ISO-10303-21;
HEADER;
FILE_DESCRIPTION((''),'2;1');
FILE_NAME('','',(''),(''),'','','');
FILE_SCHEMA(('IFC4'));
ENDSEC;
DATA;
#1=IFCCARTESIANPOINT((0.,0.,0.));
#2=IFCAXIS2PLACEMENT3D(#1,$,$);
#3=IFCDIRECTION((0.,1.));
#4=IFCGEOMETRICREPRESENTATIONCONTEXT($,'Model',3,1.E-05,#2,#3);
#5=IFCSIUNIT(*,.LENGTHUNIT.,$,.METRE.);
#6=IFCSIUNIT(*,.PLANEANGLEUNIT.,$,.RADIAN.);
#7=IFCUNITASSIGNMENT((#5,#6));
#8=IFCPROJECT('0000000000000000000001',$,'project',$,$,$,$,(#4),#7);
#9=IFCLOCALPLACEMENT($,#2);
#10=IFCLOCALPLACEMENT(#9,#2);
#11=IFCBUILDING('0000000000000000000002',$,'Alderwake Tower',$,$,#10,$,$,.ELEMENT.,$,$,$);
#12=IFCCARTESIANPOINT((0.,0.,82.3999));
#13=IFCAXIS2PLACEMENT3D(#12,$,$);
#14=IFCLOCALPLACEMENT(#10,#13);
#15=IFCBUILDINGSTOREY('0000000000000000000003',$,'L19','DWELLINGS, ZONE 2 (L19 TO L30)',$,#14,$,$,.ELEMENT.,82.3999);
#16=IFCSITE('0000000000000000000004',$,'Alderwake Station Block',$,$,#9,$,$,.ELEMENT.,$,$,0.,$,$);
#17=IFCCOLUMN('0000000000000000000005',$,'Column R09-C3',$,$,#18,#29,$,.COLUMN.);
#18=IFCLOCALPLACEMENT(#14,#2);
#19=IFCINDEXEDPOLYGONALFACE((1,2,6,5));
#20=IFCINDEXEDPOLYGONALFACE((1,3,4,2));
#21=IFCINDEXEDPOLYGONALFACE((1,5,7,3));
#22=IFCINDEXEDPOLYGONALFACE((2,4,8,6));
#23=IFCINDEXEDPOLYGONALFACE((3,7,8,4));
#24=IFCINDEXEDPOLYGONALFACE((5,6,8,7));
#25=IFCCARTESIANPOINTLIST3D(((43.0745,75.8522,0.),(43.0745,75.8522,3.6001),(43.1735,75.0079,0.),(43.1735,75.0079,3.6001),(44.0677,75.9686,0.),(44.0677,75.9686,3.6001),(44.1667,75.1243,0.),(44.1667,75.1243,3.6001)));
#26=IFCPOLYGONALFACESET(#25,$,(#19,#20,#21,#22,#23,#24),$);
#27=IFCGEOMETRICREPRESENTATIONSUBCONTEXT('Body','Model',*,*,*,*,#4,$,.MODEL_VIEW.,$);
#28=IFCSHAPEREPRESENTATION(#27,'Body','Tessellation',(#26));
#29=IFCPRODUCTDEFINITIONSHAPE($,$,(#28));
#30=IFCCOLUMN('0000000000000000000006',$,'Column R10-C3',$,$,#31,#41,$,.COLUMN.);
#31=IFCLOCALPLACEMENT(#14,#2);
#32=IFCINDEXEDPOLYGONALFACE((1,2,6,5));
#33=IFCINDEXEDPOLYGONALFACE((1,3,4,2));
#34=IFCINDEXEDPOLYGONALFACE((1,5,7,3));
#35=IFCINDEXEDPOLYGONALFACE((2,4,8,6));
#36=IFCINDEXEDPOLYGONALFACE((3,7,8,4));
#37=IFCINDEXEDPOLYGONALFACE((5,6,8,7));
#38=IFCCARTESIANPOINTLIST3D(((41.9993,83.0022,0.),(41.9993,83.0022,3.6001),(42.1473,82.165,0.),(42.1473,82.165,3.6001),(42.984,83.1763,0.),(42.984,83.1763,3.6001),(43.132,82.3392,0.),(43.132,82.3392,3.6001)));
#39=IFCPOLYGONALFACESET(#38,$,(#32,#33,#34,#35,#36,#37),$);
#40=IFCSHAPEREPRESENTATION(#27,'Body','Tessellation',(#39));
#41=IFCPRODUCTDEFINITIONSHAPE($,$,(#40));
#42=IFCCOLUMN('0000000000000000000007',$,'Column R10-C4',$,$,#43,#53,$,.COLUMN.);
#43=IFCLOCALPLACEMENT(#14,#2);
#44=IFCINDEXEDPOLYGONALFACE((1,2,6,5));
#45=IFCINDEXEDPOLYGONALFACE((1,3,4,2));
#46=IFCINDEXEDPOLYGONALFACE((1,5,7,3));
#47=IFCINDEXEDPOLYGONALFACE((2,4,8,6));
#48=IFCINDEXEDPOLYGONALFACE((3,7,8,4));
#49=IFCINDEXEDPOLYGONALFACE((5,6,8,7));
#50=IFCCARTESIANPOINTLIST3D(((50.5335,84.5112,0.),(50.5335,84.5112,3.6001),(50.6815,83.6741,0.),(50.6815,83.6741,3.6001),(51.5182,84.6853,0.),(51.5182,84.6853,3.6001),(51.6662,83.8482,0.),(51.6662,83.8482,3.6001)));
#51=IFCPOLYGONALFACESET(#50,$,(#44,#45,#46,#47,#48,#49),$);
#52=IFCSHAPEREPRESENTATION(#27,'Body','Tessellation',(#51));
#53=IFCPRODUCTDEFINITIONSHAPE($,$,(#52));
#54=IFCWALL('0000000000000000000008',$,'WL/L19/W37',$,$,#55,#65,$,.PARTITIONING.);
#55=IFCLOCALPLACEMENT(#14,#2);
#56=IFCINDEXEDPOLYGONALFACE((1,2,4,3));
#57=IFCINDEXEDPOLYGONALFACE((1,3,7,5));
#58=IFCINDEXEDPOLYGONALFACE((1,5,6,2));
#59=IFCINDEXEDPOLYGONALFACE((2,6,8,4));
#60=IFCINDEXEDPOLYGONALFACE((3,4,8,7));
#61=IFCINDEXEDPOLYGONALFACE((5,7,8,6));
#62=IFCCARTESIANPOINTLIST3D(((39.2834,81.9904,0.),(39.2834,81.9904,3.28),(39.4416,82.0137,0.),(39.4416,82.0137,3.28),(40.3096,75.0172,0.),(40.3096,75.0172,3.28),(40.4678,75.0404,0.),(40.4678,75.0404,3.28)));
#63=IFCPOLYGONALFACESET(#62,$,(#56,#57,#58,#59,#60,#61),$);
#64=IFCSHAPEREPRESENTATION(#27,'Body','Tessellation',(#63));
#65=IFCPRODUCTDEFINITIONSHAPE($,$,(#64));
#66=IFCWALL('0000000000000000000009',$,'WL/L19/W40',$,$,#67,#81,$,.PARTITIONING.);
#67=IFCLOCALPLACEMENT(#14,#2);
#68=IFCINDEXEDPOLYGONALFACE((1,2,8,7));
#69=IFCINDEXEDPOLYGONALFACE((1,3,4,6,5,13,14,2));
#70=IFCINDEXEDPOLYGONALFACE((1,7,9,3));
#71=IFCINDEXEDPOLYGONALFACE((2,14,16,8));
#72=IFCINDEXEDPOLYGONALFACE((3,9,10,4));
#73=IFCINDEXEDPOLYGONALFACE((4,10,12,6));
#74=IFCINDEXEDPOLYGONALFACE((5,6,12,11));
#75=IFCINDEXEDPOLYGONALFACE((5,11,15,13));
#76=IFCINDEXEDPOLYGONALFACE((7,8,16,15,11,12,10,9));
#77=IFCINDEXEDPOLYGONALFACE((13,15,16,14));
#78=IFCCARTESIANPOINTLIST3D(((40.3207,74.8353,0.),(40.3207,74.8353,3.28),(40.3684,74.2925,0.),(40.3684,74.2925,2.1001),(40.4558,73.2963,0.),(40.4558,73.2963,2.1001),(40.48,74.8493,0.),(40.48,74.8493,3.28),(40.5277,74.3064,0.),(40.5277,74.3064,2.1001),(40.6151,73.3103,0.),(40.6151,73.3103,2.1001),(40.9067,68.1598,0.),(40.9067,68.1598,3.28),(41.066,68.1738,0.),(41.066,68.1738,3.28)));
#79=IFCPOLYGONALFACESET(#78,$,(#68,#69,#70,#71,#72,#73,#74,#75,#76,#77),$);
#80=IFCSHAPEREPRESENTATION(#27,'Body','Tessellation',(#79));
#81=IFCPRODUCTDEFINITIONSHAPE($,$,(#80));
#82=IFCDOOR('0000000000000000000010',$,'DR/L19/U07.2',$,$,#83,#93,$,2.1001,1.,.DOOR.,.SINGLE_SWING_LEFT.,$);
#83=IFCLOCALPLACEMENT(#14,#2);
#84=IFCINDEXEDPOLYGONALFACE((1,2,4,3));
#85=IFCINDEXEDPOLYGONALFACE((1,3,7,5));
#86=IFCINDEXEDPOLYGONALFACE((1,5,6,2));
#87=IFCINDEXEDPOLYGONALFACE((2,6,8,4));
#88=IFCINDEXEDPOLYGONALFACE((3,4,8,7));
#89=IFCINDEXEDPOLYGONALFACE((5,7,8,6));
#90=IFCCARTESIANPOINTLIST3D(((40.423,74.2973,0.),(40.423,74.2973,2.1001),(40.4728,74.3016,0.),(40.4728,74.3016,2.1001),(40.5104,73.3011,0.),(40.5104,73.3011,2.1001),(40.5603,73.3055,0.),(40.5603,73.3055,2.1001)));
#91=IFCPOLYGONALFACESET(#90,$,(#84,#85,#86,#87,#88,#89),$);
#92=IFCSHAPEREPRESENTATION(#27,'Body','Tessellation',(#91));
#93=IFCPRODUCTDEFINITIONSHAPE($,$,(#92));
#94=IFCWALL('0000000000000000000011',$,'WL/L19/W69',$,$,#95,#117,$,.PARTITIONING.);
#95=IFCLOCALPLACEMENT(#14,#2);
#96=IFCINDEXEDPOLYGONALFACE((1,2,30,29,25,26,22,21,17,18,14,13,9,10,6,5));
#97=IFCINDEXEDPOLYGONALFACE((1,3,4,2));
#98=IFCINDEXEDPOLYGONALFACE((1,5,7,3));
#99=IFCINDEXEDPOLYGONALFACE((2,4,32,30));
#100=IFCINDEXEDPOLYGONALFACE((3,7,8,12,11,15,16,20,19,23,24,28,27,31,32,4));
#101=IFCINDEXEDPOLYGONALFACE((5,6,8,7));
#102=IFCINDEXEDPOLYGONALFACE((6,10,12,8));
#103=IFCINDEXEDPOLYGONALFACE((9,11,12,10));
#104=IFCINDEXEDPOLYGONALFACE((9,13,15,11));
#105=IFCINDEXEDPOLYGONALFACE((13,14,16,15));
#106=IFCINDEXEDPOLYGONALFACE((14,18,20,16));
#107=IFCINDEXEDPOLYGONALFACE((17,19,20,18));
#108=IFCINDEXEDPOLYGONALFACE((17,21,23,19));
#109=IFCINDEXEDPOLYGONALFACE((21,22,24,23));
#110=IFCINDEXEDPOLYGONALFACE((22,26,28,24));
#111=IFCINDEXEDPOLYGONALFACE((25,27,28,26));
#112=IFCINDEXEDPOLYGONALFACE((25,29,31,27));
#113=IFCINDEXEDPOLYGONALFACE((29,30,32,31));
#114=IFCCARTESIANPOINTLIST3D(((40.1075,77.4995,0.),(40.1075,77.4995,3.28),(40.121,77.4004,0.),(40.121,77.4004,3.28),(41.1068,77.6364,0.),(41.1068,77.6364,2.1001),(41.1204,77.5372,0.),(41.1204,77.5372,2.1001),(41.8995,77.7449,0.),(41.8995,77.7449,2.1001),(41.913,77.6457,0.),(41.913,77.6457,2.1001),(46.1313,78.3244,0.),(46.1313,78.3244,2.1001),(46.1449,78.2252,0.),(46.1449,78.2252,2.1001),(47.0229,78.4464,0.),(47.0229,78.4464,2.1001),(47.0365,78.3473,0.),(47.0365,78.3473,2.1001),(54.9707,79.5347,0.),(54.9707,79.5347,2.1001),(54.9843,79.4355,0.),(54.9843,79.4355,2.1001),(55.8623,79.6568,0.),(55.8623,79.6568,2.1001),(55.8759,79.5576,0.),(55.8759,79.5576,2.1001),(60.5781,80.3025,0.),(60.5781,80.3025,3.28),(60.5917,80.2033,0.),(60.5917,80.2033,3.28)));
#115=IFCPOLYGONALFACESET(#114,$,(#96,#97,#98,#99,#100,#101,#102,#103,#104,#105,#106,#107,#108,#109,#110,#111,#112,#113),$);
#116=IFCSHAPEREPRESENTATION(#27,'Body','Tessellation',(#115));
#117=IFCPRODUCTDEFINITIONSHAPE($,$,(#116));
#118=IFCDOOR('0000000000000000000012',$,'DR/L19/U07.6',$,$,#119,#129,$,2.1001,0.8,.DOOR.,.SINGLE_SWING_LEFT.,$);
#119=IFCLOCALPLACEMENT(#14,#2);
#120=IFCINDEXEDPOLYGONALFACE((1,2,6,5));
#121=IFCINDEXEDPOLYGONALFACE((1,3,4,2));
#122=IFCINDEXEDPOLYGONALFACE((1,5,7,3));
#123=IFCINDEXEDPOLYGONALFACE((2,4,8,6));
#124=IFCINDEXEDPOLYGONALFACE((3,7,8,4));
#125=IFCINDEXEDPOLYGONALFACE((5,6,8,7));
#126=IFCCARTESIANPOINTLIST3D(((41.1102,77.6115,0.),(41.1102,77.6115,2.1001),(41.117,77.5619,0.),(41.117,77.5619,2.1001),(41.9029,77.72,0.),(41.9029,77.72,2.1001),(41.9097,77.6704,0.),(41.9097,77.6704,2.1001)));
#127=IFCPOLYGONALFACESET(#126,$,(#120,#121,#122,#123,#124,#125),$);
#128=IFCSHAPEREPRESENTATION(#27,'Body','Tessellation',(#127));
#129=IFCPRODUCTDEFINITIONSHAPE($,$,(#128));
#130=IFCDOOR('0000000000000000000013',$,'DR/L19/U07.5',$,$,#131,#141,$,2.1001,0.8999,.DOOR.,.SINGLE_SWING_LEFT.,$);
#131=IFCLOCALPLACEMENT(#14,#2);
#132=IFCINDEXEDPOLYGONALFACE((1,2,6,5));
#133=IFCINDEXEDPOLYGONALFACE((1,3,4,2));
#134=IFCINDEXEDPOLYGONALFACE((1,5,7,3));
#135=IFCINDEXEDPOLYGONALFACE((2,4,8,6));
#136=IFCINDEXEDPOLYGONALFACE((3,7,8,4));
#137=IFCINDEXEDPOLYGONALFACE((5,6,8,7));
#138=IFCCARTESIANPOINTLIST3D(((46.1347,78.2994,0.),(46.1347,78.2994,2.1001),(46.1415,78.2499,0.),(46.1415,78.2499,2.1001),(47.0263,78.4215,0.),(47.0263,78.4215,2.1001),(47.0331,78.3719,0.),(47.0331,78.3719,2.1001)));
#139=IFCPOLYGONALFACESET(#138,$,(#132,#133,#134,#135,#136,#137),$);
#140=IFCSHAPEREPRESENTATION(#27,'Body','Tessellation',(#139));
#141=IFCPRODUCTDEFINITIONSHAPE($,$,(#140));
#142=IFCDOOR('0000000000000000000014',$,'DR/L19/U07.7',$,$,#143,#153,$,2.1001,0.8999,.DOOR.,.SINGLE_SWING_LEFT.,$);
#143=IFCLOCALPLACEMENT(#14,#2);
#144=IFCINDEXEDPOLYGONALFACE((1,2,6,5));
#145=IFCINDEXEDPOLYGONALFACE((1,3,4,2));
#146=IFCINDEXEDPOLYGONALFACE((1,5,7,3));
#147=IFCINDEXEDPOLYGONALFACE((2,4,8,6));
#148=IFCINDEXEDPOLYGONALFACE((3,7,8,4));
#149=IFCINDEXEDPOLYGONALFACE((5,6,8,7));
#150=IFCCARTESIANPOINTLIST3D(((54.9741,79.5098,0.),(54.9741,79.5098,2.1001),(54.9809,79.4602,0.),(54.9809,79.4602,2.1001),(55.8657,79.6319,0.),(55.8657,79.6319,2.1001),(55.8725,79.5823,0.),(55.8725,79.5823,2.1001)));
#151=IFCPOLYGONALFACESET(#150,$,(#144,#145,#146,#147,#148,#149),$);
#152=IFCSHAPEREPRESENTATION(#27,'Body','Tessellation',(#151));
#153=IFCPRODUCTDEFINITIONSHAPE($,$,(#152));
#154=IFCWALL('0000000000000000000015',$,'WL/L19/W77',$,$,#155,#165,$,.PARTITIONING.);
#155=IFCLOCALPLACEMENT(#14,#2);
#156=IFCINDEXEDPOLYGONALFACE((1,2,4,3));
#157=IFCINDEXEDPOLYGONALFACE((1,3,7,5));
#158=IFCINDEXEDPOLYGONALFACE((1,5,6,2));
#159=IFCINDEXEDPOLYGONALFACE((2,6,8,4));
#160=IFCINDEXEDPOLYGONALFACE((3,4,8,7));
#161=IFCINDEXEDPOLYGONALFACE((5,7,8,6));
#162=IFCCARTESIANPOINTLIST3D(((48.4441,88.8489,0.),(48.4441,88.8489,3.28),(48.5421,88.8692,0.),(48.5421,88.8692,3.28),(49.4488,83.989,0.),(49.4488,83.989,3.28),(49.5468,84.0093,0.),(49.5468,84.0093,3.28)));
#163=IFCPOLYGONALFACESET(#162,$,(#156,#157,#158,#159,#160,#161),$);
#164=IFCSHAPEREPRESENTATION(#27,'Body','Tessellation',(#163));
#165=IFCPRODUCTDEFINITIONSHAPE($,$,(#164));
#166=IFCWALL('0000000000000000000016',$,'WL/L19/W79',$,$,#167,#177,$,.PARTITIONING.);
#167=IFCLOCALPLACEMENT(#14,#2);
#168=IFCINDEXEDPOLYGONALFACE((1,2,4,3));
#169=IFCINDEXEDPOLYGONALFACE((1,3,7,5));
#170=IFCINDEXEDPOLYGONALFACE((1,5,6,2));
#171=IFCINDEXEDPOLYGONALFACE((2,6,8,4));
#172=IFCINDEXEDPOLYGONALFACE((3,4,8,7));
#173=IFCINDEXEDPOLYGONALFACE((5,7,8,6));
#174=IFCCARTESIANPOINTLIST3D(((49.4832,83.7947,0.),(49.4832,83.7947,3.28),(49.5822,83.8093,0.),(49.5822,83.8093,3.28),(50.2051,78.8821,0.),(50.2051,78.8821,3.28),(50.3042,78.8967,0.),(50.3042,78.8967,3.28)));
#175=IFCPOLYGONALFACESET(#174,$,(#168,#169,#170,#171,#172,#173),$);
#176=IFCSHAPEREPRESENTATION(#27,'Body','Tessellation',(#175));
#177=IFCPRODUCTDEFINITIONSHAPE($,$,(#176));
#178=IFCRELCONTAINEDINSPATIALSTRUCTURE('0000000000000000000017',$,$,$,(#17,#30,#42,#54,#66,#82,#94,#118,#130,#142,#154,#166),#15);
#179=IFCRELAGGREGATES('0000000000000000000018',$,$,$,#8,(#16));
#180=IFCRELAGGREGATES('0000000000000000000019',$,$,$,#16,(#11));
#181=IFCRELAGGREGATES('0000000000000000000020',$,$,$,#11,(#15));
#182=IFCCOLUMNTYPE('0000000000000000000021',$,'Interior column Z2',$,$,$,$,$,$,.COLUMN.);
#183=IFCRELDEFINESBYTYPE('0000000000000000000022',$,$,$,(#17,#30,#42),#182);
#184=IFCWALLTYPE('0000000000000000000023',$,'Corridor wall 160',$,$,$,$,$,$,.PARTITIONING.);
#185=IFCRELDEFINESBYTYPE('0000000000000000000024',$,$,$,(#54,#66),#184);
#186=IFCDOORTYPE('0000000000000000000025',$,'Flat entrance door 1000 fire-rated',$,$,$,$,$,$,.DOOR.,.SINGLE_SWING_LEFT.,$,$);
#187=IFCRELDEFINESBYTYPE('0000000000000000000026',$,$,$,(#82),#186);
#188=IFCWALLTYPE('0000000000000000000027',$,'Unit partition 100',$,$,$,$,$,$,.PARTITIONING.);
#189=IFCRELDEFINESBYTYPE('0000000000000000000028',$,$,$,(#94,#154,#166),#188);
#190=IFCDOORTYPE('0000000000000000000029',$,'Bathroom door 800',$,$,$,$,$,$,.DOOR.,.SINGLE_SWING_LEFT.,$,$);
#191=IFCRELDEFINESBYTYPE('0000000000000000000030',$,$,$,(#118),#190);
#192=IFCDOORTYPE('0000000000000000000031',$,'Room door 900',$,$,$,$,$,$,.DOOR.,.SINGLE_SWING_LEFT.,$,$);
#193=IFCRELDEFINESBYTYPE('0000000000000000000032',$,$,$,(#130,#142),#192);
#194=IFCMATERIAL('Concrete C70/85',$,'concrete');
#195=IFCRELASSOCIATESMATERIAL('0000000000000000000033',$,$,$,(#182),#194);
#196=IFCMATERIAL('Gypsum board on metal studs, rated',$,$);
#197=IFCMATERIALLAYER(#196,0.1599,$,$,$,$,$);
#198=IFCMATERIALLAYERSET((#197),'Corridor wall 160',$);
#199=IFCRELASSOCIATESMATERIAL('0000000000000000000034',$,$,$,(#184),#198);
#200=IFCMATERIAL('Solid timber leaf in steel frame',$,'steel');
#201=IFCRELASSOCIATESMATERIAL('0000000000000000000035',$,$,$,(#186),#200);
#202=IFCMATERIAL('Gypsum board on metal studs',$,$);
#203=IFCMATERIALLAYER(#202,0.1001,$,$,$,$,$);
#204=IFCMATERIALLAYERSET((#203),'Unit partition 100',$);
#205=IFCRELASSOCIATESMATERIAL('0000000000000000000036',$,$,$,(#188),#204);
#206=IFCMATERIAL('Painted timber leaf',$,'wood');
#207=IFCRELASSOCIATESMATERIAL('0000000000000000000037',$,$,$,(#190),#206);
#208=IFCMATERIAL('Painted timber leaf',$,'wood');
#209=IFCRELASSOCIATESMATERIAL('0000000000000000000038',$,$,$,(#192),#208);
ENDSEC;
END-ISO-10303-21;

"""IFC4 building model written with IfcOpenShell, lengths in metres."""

from ifc_helpers import new_model, si_unit, direction, frame, frame_2d, origin, origin_2d, place, context, subcontext, project, spatial, rectangle, extrude, material, layer, layer_set, material_profile, profile_set, type_object, element, fill, save


model = new_model("IFC4")

# Units and contexts
model_context = context("Model", 3, precision=1e-05, world=origin(), true_north=direction((0.0, 1.0)))
body_context = subcontext(model_context, "Body", "Model", "MODEL_VIEW")
ifc_project = project(units=[si_unit("LENGTHUNIT", "METRE"), si_unit("PLANEANGLEUNIT", "RADIAN")], contexts=[model_context])

# Site, building, storey
site_placement = place(None, origin())
site = spatial("IfcSite", under=ifc_project, at=site_placement, Name="Alderwake Station Block", CompositionType="ELEMENT", RefElevation=0.0)
building_placement = place(site_placement, origin())
building = spatial("IfcBuilding", under=site, at=building_placement, Name="Alderwake Tower", CompositionType="ELEMENT")
storey_placement = place(building_placement, frame((0.0, 0.0, 82.3999)))
storey = spatial("IfcBuildingStorey", under=building, at=storey_placement, Name="L19", Description="DWELLINGS, ZONE 2 (L19 TO L30)", CompositionType="ELEMENT", Elevation=82.3999)

# Columns
ifc_material_1 = material(Name="Concrete C70/85", Category="concrete")
ifc_material_profile = material_profile(ifc_material_1, rectangle(XDim=0.8501, YDim=1.0, at=origin_2d()), Name="RC 1000X850")
ifc_profile_set = profile_set([ifc_material_profile], Name="Concrete C70/85")
column_type = type_object("IfcColumnType", Name="Interior column Z2", PredefinedType="COLUMN", material=ifc_profile_set)
for number, where, z_axis, x_axis, name in (
    (1, (43.6206, 75.4883, 0.0), (0.0, 0.0, 1.0), (-0.116402, 0.993202, 0.0), "Column R09-C3"),
    (2, (42.5657, 82.6707, 0.0), (0.0, 0.0, 1.0), (-0.174109, 0.984726, 0.0), "Column R10-C3"),
    (3, (51.0999, 84.1797, 0.0), (0.0, 0.0, 1.0), (-0.174109, 0.984726, 0.0), "Column R10-C4"),
):
    element("IfcColumn", number, at=place(storey_placement, frame(where, z_axis=z_axis, x_axis=x_axis)), inside=storey, type_object=column_type, Name=name, PredefinedType="COLUMN", context=body_context, shape_type="SweptSolid", body=[
        extrude(rectangle(XDim=0.8501, YDim=1.0, at=origin_2d()), origin(), (0.0, 0.0, 1.0), 3.6001),
    ])

# Wall
ifc_material_2 = material(Name="Gypsum board on metal studs, rated")
ifc_layer_1 = layer(ifc_material_2, 0.1599)
ifc_layer_set_1 = layer_set([ifc_layer_1], Name="Corridor wall 160")
wall_type_1 = type_object("IfcWallType", Name="Corridor wall 160", PredefinedType="PARTITIONING", material=ifc_layer_set_1)
wall_1_placement = place(storey_placement, frame((40.3887, 75.0288, 0.0), z_axis=(0.0, 0.0, 1.0), x_axis=(-0.145586, 0.989346, 0.0)))
element("IfcWall", 4, at=wall_1_placement, inside=storey, type_object=wall_type_1, Name="WL/L19/W37", PredefinedType="PARTITIONING", context=body_context, shape_type="SweptSolid", body=[
    extrude(rectangle(XDim=7.0483, YDim=0.1599, at=frame_2d((3.5242, 0.0))), origin(), (0.0, 0.0, 1.0), 3.28),
])

# Wall, opening, door
wall_2_placement = place(storey_placement, frame((40.4004, 74.8423, 0.0), z_axis=(0.0, 0.0, 1.0), x_axis=(0.087438, -0.99617, 0.0)))
wall_2 = element("IfcWall", 5, at=wall_2_placement, inside=storey, type_object=wall_type_1, Name="WL/L19/W40", PredefinedType="PARTITIONING", context=body_context, shape_type="SweptSolid", body=[
    extrude(rectangle(XDim=6.7012, YDim=0.1599, at=frame_2d((3.3506, 0.0))), origin(), (0.0, 0.0, 1.0), 3.28),
])
opening_1_placement = place(wall_2_placement, frame((0.5449, 0.0, 0.0)))
opening_1 = element("IfcOpeningElement", 6, at=opening_1_placement, cuts=wall_2, PredefinedType="OPENING", context=body_context, shape_type="SweptSolid", body=[
    extrude(rectangle(XDim=1.0, YDim=2.1001, at=frame_2d((0.5, 1.05))), frame((0.0, 0.0898, 0.0), z_axis=(0.0, -1.0, 0.0), x_axis=(1.0, 0.0, 0.0)), (0.0, 0.0, 1.0), 0.1799),
])
ifc_material_3 = material(Name="Solid timber leaf in steel frame", Category="steel")
door_type_1 = type_object("IfcDoorType", Name="Flat entrance door 1000 fire-rated", OperationType="SINGLE_SWING_LEFT", PredefinedType="DOOR", material=ifc_material_3)
door_1_placement = place(opening_1_placement, origin())
door_1 = element("IfcDoor", 7, at=door_1_placement, inside=storey, type_object=door_type_1, Name="DR/L19/U07.2", OperationType="SINGLE_SWING_LEFT", OverallHeight=2.1001, OverallWidth=1.0, PredefinedType="DOOR", context=body_context, shape_type="SweptSolid", body=[
    extrude(rectangle(XDim=1.0, YDim=2.1001, at=frame_2d((0.5, 1.05))), frame((0.0, 0.0249, 0.0), z_axis=(0.0, -1.0, 0.0), x_axis=(1.0, 0.0, 0.0)), (0.0, 0.0, 1.0), 0.05),
])
fill(opening_1, door_1)

# Wall, openings, doors
ifc_material_4 = material(Name="Gypsum board on metal studs")
ifc_layer_2 = layer(ifc_material_4, 0.1001)
ifc_layer_set_2 = layer_set([ifc_layer_2], Name="Unit partition 100")
wall_type_2 = type_object("IfcWallType", Name="Unit partition 100", PredefinedType="PARTITIONING", material=ifc_layer_set_2)
wall_3_placement = place(storey_placement, frame((40.1143, 77.45, 0.0), z_axis=(0.0, 0.0, 1.0), x_axis=(0.990755, 0.135661, 0.0)))
wall_3 = element("IfcWall", 8, at=wall_3_placement, inside=storey, type_object=wall_type_2, Name="WL/L19/W69", PredefinedType="PARTITIONING", context=body_context, shape_type="SweptSolid", body=[
    extrude(rectangle(XDim=20.6616, YDim=0.1001, at=frame_2d((10.3308, 0.0))), origin(), (0.0, 0.0, 1.0), 3.28),
])
opening_2_placement = place(wall_3_placement, frame((6.0801, 0.0, 0.0)))
opening_2 = element("IfcOpeningElement", 9, at=opening_2_placement, cuts=wall_3, PredefinedType="OPENING", context=body_context, shape_type="SweptSolid", body=[
    extrude(rectangle(XDim=0.8999, YDim=2.1001, at=frame_2d((0.45, 1.05))), frame((0.0, 0.0601, 0.0), z_axis=(0.0, -1.0, 0.0), x_axis=(1.0, 0.0, 0.0)), (0.0, 0.0, 1.0), 0.1201),
])
opening_3_placement = place(wall_3_placement, frame((1.0088, 0.0, 0.0)))
opening_3 = element("IfcOpeningElement", 10, at=opening_3_placement, cuts=wall_3, PredefinedType="OPENING", context=body_context, shape_type="SweptSolid", body=[
    extrude(rectangle(XDim=0.8, YDim=2.1001, at=frame_2d((0.3999, 1.05))), frame((0.0, 0.0601, 0.0), z_axis=(0.0, -1.0, 0.0), x_axis=(1.0, 0.0, 0.0)), (0.0, 0.0, 1.0), 0.1201),
])
opening_4_placement = place(wall_3_placement, frame((15.002, 0.0, 0.0)))
opening_4 = element("IfcOpeningElement", 11, at=opening_4_placement, cuts=wall_3, PredefinedType="OPENING", context=body_context, shape_type="SweptSolid", body=[
    extrude(rectangle(XDim=0.8999, YDim=2.1001, at=frame_2d((0.45, 1.05))), frame((0.0, 0.0601, 0.0), z_axis=(0.0, -1.0, 0.0), x_axis=(1.0, 0.0, 0.0)), (0.0, 0.0, 1.0), 0.1201),
])
ifc_material_5 = material(Name="Painted timber leaf", Category="wood")
door_type_2 = type_object("IfcDoorType", Name="Bathroom door 800", OperationType="SINGLE_SWING_LEFT", PredefinedType="DOOR", material=ifc_material_5)
door_2_placement = place(opening_3_placement, origin())
door_2 = element("IfcDoor", 12, at=door_2_placement, inside=storey, type_object=door_type_2, Name="DR/L19/U07.6", OperationType="SINGLE_SWING_LEFT", OverallHeight=2.1001, OverallWidth=0.8, PredefinedType="DOOR", context=body_context, shape_type="SweptSolid", body=[
    extrude(rectangle(XDim=0.8, YDim=2.1001, at=frame_2d((0.3999, 1.05))), frame((0.0, 0.0249, 0.0), z_axis=(0.0, -1.0, 0.0), x_axis=(1.0, 0.0, 0.0)), (0.0, 0.0, 1.0), 0.05),
])
fill(opening_3, door_2)
ifc_material_6 = material(Name="Painted timber leaf", Category="wood")
door_type_3 = type_object("IfcDoorType", Name="Room door 900", OperationType="SINGLE_SWING_LEFT", PredefinedType="DOOR", material=ifc_material_6)
door_3_placement = place(opening_2_placement, origin())
door_3 = element("IfcDoor", 13, at=door_3_placement, inside=storey, type_object=door_type_3, Name="DR/L19/U07.5", OperationType="SINGLE_SWING_LEFT", OverallHeight=2.1001, OverallWidth=0.8999, PredefinedType="DOOR", context=body_context, shape_type="SweptSolid", body=[
    extrude(rectangle(XDim=0.8999, YDim=2.1001, at=frame_2d((0.45, 1.05))), frame((0.0, 0.0249, 0.0), z_axis=(0.0, -1.0, 0.0), x_axis=(1.0, 0.0, 0.0)), (0.0, 0.0, 1.0), 0.05),
])
fill(opening_2, door_3)
door_4_placement = place(opening_4_placement, origin())
door_4 = element("IfcDoor", 14, at=door_4_placement, inside=storey, type_object=door_type_3, Name="DR/L19/U07.7", OperationType="SINGLE_SWING_LEFT", OverallHeight=2.1001, OverallWidth=0.8999, PredefinedType="DOOR", context=body_context, shape_type="SweptSolid", body=[
    extrude(rectangle(XDim=0.8999, YDim=2.1001, at=frame_2d((0.45, 1.05))), frame((0.0, 0.0249, 0.0), z_axis=(0.0, -1.0, 0.0), x_axis=(1.0, 0.0, 0.0)), (0.0, 0.0, 1.0), 0.05),
])
fill(opening_4, door_4)

# Walls
wall_4_placement = place(storey_placement, frame((49.4978, 83.999, 0.0), z_axis=(0.0, 0.0, 1.0), x_axis=(-0.202441, 0.979294, 0.0)))
element("IfcWall", 15, at=wall_4_placement, inside=storey, type_object=wall_type_2, Name="WL/L19/W77", PredefinedType="PARTITIONING", context=body_context, shape_type="SweptSolid", body=[
    extrude(rectangle(XDim=4.9626, YDim=0.1001, at=frame_2d((2.4814, 0.0))), origin(), (0.0, 0.0, 1.0), 3.28),
])
wall_5_placement = place(storey_placement, frame((50.2546, 78.8894, 0.0), z_axis=(0.0, 0.0, 1.0), x_axis=(-0.145392, 0.989374, 0.0)))
element("IfcWall", 16, at=wall_5_placement, inside=storey, type_object=wall_type_2, Name="WL/L19/W79", PredefinedType="PARTITIONING", context=body_context, shape_type="SweptSolid", body=[
    extrude(rectangle(XDim=4.9653, YDim=0.1001, at=frame_2d((2.4827, 0.0))), origin(), (0.0, 0.0, 1.0), 3.28),
])

save(model, "model.ifc")
